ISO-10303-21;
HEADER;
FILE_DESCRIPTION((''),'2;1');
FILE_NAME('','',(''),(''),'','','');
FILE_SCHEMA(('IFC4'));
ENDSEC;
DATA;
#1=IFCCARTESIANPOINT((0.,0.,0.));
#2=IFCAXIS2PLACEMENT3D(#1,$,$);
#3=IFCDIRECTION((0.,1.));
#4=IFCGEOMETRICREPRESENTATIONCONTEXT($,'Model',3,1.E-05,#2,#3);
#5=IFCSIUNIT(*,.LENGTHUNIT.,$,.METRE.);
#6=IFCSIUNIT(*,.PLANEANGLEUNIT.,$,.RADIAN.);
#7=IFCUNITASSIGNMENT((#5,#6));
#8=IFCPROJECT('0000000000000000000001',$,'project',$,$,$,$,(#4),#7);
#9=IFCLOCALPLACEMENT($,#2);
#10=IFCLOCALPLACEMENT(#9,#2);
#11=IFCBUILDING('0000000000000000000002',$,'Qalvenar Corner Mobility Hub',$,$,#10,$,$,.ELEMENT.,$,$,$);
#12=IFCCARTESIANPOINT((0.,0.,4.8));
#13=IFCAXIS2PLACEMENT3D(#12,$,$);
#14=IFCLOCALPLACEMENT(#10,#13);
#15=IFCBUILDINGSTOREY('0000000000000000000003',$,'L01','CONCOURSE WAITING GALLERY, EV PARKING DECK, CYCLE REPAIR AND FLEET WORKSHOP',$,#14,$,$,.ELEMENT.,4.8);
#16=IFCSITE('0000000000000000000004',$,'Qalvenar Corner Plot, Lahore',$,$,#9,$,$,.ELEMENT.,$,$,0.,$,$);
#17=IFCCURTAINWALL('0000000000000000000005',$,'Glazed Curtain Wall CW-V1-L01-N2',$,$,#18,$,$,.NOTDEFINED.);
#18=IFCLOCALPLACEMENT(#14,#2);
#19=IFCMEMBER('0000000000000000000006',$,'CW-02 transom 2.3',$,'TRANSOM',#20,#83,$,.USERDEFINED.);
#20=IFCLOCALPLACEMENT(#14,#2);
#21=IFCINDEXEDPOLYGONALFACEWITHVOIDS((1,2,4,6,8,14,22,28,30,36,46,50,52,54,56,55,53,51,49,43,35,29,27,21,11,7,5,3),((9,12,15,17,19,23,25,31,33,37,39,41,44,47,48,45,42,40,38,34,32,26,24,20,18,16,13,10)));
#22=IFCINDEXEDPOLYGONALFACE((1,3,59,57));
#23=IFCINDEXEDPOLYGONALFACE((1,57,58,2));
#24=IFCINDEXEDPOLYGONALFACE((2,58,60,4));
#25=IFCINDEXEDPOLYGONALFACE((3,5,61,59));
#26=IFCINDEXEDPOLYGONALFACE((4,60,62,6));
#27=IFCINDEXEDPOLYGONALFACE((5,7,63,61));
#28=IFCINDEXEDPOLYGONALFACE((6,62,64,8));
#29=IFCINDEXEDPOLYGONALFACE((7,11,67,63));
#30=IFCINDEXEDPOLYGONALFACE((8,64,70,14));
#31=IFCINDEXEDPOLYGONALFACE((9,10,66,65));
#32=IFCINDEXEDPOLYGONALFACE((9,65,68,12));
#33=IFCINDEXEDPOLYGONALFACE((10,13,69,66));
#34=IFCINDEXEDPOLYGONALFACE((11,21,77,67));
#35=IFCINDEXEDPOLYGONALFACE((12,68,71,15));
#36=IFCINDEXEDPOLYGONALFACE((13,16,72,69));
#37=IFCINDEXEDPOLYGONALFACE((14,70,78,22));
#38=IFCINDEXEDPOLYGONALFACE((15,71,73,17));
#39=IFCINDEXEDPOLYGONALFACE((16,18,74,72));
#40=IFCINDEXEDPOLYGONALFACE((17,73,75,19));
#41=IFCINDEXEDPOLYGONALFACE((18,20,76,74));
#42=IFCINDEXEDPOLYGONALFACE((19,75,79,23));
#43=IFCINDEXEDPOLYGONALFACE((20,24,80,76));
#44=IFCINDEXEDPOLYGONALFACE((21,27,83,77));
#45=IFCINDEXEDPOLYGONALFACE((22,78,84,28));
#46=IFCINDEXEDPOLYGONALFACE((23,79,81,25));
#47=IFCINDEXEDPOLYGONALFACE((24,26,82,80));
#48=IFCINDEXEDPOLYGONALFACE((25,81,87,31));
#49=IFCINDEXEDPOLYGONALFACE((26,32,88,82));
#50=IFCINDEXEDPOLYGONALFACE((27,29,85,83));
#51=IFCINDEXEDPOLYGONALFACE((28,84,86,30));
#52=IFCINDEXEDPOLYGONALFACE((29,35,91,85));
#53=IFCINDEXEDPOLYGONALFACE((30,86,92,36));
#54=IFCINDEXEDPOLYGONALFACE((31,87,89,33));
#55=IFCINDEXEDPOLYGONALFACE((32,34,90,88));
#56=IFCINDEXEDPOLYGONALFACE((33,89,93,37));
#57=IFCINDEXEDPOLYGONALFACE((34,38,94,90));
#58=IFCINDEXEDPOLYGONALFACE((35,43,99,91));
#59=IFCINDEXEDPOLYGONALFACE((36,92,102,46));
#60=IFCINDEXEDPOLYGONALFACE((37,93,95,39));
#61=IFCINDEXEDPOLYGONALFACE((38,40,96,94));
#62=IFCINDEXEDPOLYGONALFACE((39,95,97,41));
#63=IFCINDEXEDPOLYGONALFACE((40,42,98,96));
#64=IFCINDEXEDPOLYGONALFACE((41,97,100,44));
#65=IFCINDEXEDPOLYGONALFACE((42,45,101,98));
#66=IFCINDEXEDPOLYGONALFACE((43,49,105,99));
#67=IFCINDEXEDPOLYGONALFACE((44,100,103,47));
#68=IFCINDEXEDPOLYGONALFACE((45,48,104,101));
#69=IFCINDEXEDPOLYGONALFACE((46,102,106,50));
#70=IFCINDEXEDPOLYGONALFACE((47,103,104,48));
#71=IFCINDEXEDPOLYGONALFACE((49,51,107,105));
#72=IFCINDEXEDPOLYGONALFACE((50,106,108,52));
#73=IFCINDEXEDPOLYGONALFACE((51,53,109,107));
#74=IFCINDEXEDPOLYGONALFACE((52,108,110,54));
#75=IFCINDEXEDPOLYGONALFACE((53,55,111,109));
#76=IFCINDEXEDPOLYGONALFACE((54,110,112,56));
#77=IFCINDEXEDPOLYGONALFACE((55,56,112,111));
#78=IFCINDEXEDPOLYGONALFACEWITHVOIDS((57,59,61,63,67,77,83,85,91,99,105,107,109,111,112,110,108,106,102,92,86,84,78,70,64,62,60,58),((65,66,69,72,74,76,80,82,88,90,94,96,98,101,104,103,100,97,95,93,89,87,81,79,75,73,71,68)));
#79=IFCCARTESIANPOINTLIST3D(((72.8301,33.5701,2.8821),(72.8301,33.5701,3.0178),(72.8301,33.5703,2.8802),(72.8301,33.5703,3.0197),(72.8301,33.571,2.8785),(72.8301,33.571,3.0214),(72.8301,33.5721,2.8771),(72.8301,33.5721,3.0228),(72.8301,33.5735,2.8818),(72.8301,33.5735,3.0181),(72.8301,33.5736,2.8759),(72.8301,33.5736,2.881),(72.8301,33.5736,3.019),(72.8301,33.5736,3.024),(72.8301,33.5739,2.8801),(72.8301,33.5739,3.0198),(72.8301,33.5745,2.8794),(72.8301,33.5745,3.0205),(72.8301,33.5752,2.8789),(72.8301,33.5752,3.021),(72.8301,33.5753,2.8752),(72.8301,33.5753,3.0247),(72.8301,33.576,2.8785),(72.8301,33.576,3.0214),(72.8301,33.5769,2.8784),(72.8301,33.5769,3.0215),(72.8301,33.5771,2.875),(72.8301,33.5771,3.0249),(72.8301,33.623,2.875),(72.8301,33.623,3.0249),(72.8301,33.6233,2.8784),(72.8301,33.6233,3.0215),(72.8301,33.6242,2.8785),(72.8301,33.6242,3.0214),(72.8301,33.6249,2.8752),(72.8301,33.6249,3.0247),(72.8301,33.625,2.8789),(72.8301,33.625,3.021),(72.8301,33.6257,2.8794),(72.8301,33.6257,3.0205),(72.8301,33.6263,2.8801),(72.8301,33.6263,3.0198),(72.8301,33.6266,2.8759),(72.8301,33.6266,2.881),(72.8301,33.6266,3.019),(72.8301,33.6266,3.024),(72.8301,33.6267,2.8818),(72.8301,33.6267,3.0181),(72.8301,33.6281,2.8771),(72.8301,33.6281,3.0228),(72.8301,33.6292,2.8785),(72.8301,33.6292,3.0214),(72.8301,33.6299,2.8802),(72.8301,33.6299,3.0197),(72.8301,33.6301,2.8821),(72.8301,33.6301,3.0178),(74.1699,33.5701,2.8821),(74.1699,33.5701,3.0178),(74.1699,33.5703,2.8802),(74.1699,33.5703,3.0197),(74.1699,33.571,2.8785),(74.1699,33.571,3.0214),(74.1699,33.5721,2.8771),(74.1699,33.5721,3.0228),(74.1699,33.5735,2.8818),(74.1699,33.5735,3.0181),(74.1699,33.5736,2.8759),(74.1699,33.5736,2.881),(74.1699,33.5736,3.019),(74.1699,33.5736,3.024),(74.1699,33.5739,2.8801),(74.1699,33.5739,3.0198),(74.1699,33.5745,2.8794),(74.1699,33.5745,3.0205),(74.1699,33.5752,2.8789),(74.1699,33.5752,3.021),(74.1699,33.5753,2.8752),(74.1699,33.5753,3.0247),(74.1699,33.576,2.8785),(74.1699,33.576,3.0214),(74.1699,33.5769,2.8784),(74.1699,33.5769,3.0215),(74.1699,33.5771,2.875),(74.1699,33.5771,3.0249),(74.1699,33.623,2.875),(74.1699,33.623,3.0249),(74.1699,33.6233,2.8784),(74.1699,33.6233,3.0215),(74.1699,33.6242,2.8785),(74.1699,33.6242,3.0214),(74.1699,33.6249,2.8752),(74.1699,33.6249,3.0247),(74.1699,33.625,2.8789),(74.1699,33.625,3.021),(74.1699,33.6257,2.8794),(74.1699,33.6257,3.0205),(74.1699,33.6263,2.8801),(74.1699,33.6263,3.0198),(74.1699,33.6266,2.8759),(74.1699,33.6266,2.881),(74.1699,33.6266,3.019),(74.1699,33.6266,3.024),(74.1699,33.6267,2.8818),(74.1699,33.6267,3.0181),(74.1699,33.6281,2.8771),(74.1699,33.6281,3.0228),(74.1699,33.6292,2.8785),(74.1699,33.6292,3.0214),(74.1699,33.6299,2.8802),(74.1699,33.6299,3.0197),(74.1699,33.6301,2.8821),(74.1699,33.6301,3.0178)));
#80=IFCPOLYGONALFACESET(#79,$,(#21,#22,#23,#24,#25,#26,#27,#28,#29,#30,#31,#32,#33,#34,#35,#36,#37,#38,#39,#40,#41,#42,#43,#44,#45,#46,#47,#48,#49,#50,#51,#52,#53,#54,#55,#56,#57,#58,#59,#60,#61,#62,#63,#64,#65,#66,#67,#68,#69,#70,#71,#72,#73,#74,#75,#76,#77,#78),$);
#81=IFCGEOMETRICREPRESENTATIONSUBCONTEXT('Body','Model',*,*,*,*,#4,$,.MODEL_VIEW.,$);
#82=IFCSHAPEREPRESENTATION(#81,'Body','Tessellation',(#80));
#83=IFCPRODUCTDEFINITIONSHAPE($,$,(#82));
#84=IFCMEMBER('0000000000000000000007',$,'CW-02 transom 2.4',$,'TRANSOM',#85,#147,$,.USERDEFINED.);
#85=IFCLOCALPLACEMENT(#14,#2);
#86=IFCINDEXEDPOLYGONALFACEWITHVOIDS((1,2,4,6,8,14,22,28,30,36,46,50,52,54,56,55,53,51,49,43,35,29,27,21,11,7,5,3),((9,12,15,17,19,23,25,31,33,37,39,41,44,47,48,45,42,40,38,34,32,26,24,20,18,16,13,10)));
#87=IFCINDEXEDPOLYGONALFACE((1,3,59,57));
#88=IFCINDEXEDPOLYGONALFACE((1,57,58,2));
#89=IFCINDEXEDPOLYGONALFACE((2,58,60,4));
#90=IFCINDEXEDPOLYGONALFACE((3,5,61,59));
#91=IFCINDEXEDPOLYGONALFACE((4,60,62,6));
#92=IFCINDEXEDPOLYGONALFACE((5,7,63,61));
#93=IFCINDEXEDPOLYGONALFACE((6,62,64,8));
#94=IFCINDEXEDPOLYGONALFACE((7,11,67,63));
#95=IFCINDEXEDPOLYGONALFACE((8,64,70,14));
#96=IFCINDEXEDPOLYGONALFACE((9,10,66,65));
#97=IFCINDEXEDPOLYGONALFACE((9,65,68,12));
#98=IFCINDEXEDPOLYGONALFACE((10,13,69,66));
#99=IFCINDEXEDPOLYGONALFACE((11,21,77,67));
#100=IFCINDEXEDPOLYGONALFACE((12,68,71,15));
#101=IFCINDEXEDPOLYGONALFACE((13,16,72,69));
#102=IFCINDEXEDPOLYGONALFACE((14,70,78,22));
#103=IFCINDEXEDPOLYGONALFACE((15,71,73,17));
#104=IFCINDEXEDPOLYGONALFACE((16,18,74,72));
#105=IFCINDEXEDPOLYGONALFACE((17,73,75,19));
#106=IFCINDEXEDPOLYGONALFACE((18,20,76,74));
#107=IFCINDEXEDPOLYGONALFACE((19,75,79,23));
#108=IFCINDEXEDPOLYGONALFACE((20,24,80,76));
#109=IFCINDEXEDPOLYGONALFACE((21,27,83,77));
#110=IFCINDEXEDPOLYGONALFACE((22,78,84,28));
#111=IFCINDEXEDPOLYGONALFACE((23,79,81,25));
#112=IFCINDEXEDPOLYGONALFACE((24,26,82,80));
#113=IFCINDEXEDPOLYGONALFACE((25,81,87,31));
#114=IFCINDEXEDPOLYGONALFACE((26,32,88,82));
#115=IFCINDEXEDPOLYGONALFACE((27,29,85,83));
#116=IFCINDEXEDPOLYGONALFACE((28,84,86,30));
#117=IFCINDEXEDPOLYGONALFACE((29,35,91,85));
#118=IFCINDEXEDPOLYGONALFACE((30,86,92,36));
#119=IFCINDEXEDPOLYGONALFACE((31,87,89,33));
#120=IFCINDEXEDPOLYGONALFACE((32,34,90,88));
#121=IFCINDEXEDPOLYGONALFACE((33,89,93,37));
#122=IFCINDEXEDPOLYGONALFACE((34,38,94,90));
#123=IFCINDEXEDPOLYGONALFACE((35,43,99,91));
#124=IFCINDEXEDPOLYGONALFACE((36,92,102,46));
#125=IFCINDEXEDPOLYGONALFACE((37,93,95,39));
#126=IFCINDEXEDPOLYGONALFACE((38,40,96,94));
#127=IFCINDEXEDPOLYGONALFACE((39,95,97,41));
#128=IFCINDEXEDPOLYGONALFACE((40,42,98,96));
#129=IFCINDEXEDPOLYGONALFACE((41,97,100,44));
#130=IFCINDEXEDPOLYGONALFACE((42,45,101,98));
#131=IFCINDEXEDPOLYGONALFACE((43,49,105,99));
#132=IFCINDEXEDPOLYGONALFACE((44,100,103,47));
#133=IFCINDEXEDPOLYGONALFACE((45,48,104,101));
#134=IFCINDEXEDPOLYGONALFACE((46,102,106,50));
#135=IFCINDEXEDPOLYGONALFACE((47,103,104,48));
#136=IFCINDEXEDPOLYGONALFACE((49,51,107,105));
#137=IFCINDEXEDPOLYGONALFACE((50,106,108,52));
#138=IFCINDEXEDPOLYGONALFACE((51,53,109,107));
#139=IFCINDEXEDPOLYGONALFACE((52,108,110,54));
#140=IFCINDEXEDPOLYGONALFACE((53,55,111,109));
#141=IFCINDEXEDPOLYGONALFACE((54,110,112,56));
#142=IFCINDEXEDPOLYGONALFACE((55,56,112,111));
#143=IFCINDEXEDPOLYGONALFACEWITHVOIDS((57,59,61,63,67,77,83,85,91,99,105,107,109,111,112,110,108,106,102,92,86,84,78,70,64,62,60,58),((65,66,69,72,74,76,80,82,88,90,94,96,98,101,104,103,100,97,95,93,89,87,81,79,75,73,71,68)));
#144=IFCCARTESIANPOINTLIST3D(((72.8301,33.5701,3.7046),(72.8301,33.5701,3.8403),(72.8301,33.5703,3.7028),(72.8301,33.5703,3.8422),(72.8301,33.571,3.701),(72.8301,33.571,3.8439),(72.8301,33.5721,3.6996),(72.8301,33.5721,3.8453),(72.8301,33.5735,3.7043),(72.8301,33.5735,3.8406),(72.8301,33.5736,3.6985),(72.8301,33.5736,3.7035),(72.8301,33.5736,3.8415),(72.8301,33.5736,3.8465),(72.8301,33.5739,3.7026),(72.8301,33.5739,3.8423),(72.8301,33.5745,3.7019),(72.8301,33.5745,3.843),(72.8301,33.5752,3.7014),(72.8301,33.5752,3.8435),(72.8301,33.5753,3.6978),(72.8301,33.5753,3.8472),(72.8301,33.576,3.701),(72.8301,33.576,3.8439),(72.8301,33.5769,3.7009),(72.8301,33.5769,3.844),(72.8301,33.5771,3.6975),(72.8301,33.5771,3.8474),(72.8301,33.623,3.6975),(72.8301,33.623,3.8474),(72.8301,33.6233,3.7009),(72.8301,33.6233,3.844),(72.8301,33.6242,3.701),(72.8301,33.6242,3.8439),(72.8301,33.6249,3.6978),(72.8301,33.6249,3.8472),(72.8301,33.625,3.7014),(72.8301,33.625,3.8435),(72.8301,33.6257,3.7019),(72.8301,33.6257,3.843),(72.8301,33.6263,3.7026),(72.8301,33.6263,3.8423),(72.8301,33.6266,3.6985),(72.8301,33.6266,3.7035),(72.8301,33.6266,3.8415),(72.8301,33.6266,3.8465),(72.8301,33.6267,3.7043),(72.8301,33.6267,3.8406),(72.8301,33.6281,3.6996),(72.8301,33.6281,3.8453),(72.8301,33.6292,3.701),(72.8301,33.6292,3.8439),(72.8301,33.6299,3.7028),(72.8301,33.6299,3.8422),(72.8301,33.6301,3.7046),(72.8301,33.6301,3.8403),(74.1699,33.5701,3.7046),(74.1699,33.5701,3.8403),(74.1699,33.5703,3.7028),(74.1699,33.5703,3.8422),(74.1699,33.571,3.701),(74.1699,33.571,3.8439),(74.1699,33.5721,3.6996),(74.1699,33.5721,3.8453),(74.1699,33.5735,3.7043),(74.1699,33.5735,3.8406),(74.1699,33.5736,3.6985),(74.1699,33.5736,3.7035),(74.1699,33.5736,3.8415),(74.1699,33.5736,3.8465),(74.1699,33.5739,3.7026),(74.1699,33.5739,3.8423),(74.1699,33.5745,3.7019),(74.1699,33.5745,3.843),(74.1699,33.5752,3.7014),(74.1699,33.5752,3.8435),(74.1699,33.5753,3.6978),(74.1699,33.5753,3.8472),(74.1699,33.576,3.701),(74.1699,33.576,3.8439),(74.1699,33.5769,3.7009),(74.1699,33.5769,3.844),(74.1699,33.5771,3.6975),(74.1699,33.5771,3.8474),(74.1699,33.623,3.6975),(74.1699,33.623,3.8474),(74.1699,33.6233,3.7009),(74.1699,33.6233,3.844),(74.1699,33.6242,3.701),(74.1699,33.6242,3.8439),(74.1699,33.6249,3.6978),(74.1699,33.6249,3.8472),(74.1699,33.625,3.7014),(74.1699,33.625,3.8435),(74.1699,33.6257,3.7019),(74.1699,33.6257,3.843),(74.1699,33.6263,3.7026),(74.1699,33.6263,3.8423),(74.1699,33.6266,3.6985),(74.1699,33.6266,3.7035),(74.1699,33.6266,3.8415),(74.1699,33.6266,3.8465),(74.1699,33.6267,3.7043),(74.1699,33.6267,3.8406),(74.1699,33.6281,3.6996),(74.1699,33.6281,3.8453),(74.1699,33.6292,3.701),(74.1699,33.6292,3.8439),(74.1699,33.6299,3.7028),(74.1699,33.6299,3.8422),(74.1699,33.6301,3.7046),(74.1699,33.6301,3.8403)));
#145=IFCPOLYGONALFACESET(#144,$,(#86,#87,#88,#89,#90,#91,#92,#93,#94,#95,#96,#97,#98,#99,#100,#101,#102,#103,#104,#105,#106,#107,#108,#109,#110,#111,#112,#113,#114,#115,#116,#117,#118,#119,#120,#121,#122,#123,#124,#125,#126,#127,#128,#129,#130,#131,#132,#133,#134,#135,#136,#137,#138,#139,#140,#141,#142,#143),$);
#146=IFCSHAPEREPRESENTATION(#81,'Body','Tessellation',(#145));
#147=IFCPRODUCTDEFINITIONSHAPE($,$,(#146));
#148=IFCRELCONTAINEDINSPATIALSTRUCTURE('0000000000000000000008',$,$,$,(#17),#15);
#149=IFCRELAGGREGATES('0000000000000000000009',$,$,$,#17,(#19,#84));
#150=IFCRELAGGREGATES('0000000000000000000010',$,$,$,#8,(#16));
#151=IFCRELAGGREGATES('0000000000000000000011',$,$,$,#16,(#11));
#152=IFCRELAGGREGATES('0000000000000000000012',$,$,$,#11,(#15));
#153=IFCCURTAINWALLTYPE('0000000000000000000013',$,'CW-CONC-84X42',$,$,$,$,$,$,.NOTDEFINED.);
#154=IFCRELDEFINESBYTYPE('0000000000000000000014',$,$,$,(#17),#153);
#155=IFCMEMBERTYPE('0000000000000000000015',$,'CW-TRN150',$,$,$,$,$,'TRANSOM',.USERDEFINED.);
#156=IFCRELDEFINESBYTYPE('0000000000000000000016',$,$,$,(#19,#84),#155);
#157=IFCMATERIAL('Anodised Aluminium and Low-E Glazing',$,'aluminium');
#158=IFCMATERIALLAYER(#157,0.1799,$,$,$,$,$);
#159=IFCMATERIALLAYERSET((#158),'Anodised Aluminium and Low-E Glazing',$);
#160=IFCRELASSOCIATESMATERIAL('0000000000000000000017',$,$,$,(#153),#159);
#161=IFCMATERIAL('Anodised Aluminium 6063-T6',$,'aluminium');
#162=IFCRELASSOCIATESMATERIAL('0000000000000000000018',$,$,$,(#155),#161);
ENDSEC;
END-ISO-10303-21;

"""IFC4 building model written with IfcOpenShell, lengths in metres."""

from ifc_helpers import new_model, si_unit, direction, frame, origin, origin_2d, place, context, subcontext, project, spatial, hollow_rectangle, extrude, material, layer, layer_set, material_profile, profile_set, type_object, element, aggregate, save


model = new_model("IFC4")

# Units and contexts
model_context = context("Model", 3, precision=1e-05, world=origin(), true_north=direction((0.0, 1.0)))
body_context = subcontext(model_context, "Body", "Model", "MODEL_VIEW")
ifc_project = project(units=[si_unit("LENGTHUNIT", "METRE"), si_unit("PLANEANGLEUNIT", "RADIAN")], contexts=[model_context])

# Site, building, storey
site_placement = place(None, origin())
site = spatial("IfcSite", under=ifc_project, at=site_placement, Name="Qalvenar Corner Plot, Lahore", CompositionType="ELEMENT", RefElevation=0.0)
building_placement = place(site_placement, origin())
building = spatial("IfcBuilding", under=site, at=building_placement, Name="Qalvenar Corner Mobility Hub", CompositionType="ELEMENT")
storey_placement = place(building_placement, frame((0.0, 0.0, 4.8)))
storey = spatial("IfcBuildingStorey", under=building, at=storey_placement, Name="L01", Description="CONCOURSE WAITING GALLERY, EV PARKING DECK, CYCLE REPAIR AND FLEET WORKSHOP", CompositionType="ELEMENT", Elevation=4.8)

# Curtain wall
ifc_material_1 = material(Name="Anodised Aluminium and Low-E Glazing", Category="aluminium")
ifc_layer_1 = layer(ifc_material_1, 0.1799)
ifc_layer_set_1 = layer_set([ifc_layer_1], Name="Anodised Aluminium and Low-E Glazing")
curtain_wall_type = type_object("IfcCurtainWallType", Name="CW-CONC-84X42", PredefinedType="NOTDEFINED", material=ifc_layer_set_1)
curtain_wall_1_placement = place(storey_placement, origin())
curtain_wall_1 = element("IfcCurtainWall", 1, at=curtain_wall_1_placement, inside=storey, type_object=curtain_wall_type, Name="Glazed Curtain Wall CW-V1-L01-N2", PredefinedType="NOTDEFINED")
ifc_material_2 = material(Name="Anodised Aluminium 6063-T6", Category="aluminium")

# Members
ifc_material_profile_1 = material_profile(ifc_material_2, hollow_rectangle(XDim=0.0601, YDim=0.1499, WallThickness=0.0034, InnerFilletRadius=0.0034, OuterFilletRadius=0.0071, at=origin_2d()), Name="RHS150x60x3.5")
ifc_profile_set_1 = profile_set([ifc_material_profile_1], Name="Anodised Aluminium 6063-T6")
member_type_1 = type_object("IfcMemberType", Name="CW-TRN150", ElementType="TRANSOM", PredefinedType="USERDEFINED", material=ifc_profile_set_1)
member_1_placement = place(storey_placement, frame((74.1699, 33.6001, 2.95), z_axis=(-1.0, 0.0, 0.0), x_axis=(0.0, -1.0, 0.0)))
member_1 = element("IfcMember", 2, at=member_1_placement, type_object=member_type_1, Name="CW-02 transom 2.3", ObjectType="TRANSOM", PredefinedType="USERDEFINED", context=body_context, shape_type="SweptSolid", body=[
    extrude(hollow_rectangle(XDim=0.0601, YDim=0.1499, WallThickness=0.0034, InnerFilletRadius=0.0034, OuterFilletRadius=0.0071, at=origin_2d()), origin(), (0.0, 0.0, 1.0), 1.3398),
])
member_2_placement = place(storey_placement, frame((74.1699, 33.6001, 3.7725), z_axis=(-1.0, 0.0, 0.0), x_axis=(0.0, -1.0, 0.0)))
member_2 = element("IfcMember", 3, at=member_2_placement, type_object=member_type_1, Name="CW-02 transom 2.4", ObjectType="TRANSOM", PredefinedType="USERDEFINED", context=body_context, shape_type="SweptSolid", body=[
    extrude(hollow_rectangle(XDim=0.0601, YDim=0.1499, WallThickness=0.0034, InnerFilletRadius=0.0034, OuterFilletRadius=0.0071, at=origin_2d()), origin(), (0.0, 0.0, 1.0), 1.3398),
])

aggregate(curtain_wall_1, [member_1, member_2])

save(model, "model.ifc")
